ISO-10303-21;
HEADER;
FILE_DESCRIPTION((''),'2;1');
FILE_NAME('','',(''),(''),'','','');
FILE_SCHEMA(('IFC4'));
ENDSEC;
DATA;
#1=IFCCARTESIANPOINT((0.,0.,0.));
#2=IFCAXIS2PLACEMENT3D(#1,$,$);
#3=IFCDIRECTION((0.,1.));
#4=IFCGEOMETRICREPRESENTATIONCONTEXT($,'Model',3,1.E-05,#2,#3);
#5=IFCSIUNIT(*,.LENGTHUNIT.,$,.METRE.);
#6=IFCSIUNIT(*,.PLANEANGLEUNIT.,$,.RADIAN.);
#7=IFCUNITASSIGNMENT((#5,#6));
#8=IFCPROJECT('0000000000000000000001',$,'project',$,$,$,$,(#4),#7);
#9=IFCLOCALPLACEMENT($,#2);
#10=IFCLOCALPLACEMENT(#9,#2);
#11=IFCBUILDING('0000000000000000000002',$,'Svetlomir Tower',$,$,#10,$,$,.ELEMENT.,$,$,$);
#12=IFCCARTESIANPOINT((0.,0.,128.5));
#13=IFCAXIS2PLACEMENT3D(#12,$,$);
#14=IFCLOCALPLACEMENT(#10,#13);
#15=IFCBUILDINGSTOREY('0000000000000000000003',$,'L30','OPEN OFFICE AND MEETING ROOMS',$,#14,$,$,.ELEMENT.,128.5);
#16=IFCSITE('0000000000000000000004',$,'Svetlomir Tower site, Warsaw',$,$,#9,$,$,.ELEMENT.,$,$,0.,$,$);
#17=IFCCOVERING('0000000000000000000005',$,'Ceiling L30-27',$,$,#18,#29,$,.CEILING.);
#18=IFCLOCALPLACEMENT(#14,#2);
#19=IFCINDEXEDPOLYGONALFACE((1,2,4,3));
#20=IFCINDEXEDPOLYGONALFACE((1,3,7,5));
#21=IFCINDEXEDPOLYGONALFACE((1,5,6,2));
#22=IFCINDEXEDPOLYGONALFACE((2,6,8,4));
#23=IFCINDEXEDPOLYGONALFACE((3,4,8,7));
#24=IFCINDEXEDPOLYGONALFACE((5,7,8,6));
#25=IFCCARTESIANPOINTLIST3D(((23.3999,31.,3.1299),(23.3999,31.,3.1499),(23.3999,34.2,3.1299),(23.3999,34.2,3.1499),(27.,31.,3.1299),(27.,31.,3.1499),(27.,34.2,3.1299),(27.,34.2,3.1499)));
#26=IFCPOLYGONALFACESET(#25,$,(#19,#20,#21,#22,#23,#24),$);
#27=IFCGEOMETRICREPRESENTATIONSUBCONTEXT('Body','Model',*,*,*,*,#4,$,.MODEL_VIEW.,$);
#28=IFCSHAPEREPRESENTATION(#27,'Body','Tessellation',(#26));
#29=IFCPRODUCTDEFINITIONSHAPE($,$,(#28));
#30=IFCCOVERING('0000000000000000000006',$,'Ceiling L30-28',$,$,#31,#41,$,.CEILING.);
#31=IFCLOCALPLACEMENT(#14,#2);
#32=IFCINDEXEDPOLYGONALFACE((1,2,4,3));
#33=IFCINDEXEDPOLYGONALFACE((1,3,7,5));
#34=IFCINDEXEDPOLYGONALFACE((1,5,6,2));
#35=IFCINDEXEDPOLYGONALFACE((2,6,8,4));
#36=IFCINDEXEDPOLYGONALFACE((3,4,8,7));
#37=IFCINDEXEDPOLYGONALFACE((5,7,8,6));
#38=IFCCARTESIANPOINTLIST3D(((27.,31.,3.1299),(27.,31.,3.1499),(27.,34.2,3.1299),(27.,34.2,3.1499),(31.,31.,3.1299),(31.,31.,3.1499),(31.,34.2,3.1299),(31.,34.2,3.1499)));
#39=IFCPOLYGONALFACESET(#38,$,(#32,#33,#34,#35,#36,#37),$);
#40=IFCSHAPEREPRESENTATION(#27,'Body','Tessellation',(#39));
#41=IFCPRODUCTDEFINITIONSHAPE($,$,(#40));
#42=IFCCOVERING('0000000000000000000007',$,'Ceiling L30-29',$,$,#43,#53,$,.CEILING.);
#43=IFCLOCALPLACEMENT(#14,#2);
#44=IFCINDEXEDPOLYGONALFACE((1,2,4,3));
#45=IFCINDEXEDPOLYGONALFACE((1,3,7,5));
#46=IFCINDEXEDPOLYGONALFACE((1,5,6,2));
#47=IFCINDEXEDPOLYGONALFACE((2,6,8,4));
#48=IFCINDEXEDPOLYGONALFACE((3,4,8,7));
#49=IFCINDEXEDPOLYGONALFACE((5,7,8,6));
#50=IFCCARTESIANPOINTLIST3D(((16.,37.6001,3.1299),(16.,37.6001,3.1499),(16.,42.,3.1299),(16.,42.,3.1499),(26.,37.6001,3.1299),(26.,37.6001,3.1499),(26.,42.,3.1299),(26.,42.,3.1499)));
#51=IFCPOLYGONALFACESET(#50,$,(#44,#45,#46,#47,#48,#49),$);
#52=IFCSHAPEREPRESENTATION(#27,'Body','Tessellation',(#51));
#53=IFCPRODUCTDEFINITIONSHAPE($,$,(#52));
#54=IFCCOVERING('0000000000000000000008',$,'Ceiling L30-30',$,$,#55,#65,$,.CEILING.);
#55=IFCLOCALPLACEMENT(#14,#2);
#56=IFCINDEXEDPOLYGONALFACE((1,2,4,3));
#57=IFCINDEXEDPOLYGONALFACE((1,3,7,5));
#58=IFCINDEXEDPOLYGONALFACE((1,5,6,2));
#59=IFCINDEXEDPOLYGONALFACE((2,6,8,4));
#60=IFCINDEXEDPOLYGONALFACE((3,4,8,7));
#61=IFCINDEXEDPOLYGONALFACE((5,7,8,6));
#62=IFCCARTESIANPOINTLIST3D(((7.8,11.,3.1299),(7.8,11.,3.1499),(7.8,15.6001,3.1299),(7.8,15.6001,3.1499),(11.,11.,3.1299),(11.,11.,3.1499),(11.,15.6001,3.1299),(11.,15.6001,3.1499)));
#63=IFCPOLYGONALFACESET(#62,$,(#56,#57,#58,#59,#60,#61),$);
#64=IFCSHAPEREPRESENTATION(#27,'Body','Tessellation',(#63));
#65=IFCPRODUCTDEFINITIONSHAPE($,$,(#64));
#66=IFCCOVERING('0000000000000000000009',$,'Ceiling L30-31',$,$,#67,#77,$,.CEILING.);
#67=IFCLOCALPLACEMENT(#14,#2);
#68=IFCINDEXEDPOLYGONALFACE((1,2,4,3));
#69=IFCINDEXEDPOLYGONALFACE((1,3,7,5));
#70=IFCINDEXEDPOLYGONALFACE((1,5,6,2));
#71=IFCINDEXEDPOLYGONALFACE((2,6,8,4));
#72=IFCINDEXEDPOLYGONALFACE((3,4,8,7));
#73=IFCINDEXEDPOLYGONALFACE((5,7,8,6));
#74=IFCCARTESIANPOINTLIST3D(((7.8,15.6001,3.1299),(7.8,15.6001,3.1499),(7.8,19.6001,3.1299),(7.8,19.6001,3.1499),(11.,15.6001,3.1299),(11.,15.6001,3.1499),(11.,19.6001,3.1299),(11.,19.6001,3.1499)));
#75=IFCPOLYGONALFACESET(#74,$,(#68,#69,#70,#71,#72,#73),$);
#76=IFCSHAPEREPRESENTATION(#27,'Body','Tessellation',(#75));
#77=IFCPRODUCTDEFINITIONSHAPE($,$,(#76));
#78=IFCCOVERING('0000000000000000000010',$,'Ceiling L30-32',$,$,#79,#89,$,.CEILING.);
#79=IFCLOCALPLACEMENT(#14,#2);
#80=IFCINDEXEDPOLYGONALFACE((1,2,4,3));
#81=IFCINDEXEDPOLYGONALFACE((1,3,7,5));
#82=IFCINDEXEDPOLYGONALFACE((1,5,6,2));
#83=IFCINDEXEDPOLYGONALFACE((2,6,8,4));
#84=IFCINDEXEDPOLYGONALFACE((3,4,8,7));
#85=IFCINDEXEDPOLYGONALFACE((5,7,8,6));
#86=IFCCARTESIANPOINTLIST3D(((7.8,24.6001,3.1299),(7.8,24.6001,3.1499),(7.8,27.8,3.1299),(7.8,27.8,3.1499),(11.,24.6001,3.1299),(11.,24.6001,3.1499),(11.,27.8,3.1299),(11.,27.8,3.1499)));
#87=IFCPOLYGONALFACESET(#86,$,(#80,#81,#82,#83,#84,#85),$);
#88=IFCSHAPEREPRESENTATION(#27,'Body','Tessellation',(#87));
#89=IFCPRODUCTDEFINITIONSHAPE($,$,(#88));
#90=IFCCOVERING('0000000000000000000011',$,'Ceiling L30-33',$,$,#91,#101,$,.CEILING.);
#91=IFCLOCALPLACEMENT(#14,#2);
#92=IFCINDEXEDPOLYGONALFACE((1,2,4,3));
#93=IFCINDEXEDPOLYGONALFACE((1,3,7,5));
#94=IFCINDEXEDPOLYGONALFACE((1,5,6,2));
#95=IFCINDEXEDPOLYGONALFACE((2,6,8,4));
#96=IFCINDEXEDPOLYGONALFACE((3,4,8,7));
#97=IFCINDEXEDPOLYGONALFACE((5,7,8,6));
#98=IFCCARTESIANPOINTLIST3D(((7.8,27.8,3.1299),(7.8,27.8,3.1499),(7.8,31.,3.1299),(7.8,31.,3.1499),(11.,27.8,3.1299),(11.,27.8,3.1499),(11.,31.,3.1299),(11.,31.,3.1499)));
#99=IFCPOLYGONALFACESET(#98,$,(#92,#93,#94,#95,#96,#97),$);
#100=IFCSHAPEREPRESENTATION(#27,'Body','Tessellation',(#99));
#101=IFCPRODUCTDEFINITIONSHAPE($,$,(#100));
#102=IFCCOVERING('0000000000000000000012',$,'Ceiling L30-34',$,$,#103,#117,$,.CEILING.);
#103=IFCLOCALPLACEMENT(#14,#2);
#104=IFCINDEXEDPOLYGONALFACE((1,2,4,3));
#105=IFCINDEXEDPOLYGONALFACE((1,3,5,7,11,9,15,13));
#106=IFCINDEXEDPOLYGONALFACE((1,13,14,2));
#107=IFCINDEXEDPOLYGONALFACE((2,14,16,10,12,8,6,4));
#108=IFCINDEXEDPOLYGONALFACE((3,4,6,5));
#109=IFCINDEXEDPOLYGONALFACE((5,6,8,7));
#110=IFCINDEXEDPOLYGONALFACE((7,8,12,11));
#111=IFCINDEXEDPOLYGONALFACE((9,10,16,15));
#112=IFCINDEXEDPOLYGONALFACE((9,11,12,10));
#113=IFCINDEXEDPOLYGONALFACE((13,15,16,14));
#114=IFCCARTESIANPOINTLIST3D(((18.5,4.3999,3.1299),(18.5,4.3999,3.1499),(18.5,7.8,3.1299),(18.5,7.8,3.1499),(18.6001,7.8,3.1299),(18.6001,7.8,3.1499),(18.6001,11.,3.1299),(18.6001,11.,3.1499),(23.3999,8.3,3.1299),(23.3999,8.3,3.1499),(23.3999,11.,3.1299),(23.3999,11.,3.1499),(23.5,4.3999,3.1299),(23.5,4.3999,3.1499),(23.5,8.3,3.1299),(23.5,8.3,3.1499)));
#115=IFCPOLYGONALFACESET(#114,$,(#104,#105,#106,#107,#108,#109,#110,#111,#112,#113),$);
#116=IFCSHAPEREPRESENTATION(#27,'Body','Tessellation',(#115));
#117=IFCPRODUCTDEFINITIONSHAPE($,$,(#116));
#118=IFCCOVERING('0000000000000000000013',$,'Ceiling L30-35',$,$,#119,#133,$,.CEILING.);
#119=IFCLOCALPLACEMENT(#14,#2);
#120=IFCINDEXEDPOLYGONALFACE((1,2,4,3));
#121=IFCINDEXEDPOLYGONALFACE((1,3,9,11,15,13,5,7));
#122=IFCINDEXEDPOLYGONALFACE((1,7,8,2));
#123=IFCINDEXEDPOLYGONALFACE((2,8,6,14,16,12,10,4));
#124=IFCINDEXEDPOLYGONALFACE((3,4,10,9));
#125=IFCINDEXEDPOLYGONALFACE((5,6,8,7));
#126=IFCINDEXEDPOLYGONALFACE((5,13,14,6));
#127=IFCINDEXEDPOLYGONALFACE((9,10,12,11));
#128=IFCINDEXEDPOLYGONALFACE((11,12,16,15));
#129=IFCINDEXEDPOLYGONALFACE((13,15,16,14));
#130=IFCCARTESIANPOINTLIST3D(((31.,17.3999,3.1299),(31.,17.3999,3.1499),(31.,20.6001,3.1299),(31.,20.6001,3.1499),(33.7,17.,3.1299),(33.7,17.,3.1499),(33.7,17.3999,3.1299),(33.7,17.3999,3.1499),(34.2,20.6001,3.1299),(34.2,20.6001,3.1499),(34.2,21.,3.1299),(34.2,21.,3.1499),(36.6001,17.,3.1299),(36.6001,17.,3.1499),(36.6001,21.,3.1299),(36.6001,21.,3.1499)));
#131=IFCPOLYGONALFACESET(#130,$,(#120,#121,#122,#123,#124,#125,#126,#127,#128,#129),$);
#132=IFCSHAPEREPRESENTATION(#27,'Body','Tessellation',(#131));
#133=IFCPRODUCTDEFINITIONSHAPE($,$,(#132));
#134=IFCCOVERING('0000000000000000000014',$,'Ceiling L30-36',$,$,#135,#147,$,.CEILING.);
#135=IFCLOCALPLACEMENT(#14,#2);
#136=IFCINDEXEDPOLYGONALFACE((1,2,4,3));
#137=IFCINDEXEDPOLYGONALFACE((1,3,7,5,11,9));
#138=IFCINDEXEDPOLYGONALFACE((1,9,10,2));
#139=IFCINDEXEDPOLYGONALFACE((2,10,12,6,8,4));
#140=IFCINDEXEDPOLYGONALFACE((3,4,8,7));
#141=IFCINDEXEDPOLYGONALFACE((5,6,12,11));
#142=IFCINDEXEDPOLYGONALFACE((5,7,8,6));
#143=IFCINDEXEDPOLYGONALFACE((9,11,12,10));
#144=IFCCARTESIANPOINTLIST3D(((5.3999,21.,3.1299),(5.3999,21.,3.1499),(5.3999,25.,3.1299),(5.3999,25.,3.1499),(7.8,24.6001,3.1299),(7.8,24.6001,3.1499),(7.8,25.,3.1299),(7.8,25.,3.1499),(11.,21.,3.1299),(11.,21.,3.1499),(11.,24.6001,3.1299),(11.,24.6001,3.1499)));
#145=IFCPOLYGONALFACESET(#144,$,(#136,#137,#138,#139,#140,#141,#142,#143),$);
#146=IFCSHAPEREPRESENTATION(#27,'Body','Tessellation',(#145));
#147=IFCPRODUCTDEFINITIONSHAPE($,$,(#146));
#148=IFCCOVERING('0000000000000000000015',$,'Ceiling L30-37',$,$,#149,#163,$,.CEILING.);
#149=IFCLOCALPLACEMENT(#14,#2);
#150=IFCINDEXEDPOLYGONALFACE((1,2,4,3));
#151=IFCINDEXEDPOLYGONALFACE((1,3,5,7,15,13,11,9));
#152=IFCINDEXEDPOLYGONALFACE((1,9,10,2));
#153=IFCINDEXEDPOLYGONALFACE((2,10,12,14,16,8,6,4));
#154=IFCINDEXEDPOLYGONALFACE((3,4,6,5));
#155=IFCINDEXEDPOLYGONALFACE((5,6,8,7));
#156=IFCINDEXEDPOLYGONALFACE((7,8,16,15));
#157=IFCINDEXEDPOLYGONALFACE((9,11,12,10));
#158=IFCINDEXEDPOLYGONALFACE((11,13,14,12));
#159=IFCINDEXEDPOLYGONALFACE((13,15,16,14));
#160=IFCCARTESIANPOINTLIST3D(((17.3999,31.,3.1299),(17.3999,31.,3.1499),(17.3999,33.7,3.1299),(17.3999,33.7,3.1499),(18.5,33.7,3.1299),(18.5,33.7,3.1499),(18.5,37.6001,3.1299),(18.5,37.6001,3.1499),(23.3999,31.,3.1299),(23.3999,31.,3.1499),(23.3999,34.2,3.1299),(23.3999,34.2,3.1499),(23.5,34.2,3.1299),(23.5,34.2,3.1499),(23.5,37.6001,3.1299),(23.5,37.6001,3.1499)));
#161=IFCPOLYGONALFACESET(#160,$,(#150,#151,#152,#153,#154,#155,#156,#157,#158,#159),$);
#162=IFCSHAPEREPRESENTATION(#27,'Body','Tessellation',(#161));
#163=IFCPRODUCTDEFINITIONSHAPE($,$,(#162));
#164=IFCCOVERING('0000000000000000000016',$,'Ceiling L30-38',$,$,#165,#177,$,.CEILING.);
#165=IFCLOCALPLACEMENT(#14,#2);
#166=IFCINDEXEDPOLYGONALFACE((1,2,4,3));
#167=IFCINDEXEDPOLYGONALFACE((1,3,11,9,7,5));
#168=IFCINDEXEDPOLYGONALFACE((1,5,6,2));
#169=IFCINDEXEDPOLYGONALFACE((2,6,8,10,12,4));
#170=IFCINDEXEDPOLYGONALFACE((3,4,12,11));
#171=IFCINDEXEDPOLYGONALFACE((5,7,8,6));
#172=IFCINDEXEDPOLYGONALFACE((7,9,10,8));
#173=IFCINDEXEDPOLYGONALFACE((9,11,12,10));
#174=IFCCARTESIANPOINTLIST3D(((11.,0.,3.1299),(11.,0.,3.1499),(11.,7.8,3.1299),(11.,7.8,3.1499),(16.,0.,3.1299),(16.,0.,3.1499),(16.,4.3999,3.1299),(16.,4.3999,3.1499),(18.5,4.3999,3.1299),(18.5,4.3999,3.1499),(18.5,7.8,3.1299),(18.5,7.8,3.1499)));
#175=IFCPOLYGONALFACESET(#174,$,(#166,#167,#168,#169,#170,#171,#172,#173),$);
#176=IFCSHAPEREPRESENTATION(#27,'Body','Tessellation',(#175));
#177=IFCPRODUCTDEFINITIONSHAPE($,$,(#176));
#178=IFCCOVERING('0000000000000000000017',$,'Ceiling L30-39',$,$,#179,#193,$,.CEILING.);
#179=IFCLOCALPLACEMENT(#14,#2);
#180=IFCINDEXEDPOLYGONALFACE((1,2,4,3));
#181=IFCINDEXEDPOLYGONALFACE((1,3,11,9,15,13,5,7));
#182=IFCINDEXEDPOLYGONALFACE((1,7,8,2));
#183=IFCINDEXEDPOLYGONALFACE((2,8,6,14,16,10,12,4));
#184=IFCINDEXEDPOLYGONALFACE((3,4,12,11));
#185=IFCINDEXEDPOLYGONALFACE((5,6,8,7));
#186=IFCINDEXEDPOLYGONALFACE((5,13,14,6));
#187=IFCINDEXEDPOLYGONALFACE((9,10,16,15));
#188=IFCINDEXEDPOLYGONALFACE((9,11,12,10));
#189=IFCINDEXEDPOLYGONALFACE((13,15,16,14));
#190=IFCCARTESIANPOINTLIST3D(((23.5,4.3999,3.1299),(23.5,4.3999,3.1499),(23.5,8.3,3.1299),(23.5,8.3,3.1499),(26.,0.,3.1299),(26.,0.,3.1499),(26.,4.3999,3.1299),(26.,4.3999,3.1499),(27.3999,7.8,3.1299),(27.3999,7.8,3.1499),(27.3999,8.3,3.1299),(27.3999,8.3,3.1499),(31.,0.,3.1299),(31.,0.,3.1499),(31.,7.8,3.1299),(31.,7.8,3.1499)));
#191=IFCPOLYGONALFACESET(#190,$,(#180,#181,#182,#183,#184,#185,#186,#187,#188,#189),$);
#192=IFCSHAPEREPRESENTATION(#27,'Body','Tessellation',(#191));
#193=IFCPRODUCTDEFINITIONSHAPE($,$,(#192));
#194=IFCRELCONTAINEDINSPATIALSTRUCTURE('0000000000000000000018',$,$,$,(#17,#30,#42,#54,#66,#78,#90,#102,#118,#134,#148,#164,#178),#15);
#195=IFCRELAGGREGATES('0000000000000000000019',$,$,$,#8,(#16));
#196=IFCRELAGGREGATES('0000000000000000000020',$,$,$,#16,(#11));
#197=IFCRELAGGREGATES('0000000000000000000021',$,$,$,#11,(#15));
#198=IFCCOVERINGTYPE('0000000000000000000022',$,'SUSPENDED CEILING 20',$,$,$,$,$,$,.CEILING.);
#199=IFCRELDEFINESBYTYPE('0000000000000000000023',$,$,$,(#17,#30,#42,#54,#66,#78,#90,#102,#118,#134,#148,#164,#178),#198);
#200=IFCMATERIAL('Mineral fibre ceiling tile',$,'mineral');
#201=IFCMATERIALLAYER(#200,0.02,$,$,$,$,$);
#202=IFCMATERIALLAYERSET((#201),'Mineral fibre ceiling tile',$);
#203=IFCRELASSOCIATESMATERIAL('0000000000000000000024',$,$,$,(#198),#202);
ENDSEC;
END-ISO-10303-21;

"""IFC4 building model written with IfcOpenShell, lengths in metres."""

from ifc_helpers import new_model, si_unit, direction, frame, origin, place, context, subcontext, project, spatial, polyline, outline, extrude, material, layer, layer_set, type_object, element, save


model = new_model("IFC4")

# Units and contexts
model_context = context("Model", 3, precision=1e-05, world=origin(), true_north=direction((0.0, 1.0)))
body_context = subcontext(model_context, "Body", "Model", "MODEL_VIEW")
ifc_project = project(units=[si_unit("LENGTHUNIT", "METRE"), si_unit("PLANEANGLEUNIT", "RADIAN")], contexts=[model_context])

# Site, building, storey
site_placement = place(None, origin())
site = spatial("IfcSite", under=ifc_project, at=site_placement, Name="Svetlomir Tower site, Warsaw", CompositionType="ELEMENT", RefElevation=0.0)
building_placement = place(site_placement, origin())
building = spatial("IfcBuilding", under=site, at=building_placement, Name="Svetlomir Tower", CompositionType="ELEMENT")
storey_placement = place(building_placement, frame((0.0, 0.0, 128.5)))
storey = spatial("IfcBuildingStorey", under=building, at=storey_placement, Name="L30", Description="OPEN OFFICE AND MEETING ROOMS", CompositionType="ELEMENT", Elevation=128.5)

# Coverings
ifc_material_1 = material(Name="Mineral fibre ceiling tile", Category="mineral")
ifc_layer_1 = layer(ifc_material_1, 0.02)
ifc_layer_set_1 = layer_set([ifc_layer_1], Name="Mineral fibre ceiling tile")
covering_type_1 = type_object("IfcCoveringType", Name="SUSPENDED CEILING 20", PredefinedType="CEILING", material=ifc_layer_set_1)
covering_1_placement = place(storey_placement, frame((0.0, 0.0, 3.1299)))
element("IfcCovering", 1, at=covering_1_placement, inside=storey, type_object=covering_type_1, Name="Ceiling L30-27", PredefinedType="CEILING", context=body_context, shape_type="SweptSolid", body=[
    extrude(outline(polyline([(23.3999, 31.0), (27.0, 31.0), (27.0, 34.2), (23.3999, 34.2), (23.3999, 31.0)])), origin(), (0.0, 0.0, 1.0), 0.02),
])
covering_2_placement = place(storey_placement, frame((0.0, 0.0, 3.1299)))
element("IfcCovering", 2, at=covering_2_placement, inside=storey, type_object=covering_type_1, Name="Ceiling L30-28", PredefinedType="CEILING", context=body_context, shape_type="SweptSolid", body=[
    extrude(outline(polyline([(27.0, 31.0), (31.0, 31.0), (31.0, 34.2), (27.0, 34.2), (27.0, 31.0)])), origin(), (0.0, 0.0, 1.0), 0.02),
])
covering_3_placement = place(storey_placement, frame((0.0, 0.0, 3.1299)))
element("IfcCovering", 3, at=covering_3_placement, inside=storey, type_object=covering_type_1, Name="Ceiling L30-29", PredefinedType="CEILING", context=body_context, shape_type="SweptSolid", body=[
    extrude(outline(polyline([(16.0, 37.6001), (26.0, 37.6001), (26.0, 42.0), (16.0, 42.0), (16.0, 37.6001)])), origin(), (0.0, 0.0, 1.0), 0.02),
])
covering_4_placement = place(storey_placement, frame((0.0, 0.0, 3.1299)))
element("IfcCovering", 4, at=covering_4_placement, inside=storey, type_object=covering_type_1, Name="Ceiling L30-30", PredefinedType="CEILING", context=body_context, shape_type="SweptSolid", body=[
    extrude(outline(polyline([(7.8, 11.0), (11.0, 11.0), (11.0, 15.6001), (7.8, 15.6001), (7.8, 11.0)])), origin(), (0.0, 0.0, 1.0), 0.02),
])
covering_5_placement = place(storey_placement, frame((0.0, 0.0, 3.1299)))
element("IfcCovering", 5, at=covering_5_placement, inside=storey, type_object=covering_type_1, Name="Ceiling L30-31", PredefinedType="CEILING", context=body_context, shape_type="SweptSolid", body=[
    extrude(outline(polyline([(7.8, 15.6001), (11.0, 15.6001), (11.0, 19.6001), (7.8, 19.6001), (7.8, 15.6001)])), origin(), (0.0, 0.0, 1.0), 0.02),
])
covering_6_placement = place(storey_placement, frame((0.0, 0.0, 3.1299)))
element("IfcCovering", 6, at=covering_6_placement, inside=storey, type_object=covering_type_1, Name="Ceiling L30-32", PredefinedType="CEILING", context=body_context, shape_type="SweptSolid", body=[
    extrude(outline(polyline([(7.8, 24.6001), (11.0, 24.6001), (11.0, 27.8), (7.8, 27.8), (7.8, 24.6001)])), origin(), (0.0, 0.0, 1.0), 0.02),
])
covering_7_placement = place(storey_placement, frame((0.0, 0.0, 3.1299)))
element("IfcCovering", 7, at=covering_7_placement, inside=storey, type_object=covering_type_1, Name="Ceiling L30-33", PredefinedType="CEILING", context=body_context, shape_type="SweptSolid", body=[
    extrude(outline(polyline([(7.8, 27.8), (11.0, 27.8), (11.0, 31.0), (7.8, 31.0), (7.8, 27.8)])), origin(), (0.0, 0.0, 1.0), 0.02),
])
covering_8_placement = place(storey_placement, frame((0.0, 0.0, 3.1299)))
element("IfcCovering", 8, at=covering_8_placement, inside=storey, type_object=covering_type_1, Name="Ceiling L30-34", PredefinedType="CEILING", context=body_context, shape_type="SweptSolid", body=[
    extrude(outline(polyline([(18.5, 4.3999), (18.5, 7.8), (18.6001, 7.8), (18.6001, 11.0), (23.3999, 11.0), (23.3999, 8.3), (23.5, 8.3), (23.5, 4.3999), (18.5, 4.3999)])), origin(), (0.0, 0.0, 1.0), 0.02),
])
covering_9_placement = place(storey_placement, frame((0.0, 0.0, 3.1299)))
element("IfcCovering", 9, at=covering_9_placement, inside=storey, type_object=covering_type_1, Name="Ceiling L30-35", PredefinedType="CEILING", context=body_context, shape_type="SweptSolid", body=[
    extrude(outline(polyline([(34.2, 20.6001), (34.2, 21.0), (36.6001, 21.0), (36.6001, 17.0), (33.7, 17.0), (33.7, 17.3999), (31.0, 17.3999), (31.0, 20.6001), (34.2, 20.6001)])), origin(), (0.0, 0.0, 1.0), 0.02),
])
covering_10_placement = place(storey_placement, frame((0.0, 0.0, 3.1299)))
element("IfcCovering", 10, at=covering_10_placement, inside=storey, type_object=covering_type_1, Name="Ceiling L30-36", PredefinedType="CEILING", context=body_context, shape_type="SweptSolid", body=[
    extrude(outline(polyline([(5.3999, 21.0), (5.3999, 25.0), (7.8, 25.0), (7.8, 24.6001), (11.0, 24.6001), (11.0, 21.0), (5.3999, 21.0)])), origin(), (0.0, 0.0, 1.0), 0.02),
])
covering_11_placement = place(storey_placement, frame((0.0, 0.0, 3.1299)))
element("IfcCovering", 11, at=covering_11_placement, inside=storey, type_object=covering_type_1, Name="Ceiling L30-37", PredefinedType="CEILING", context=body_context, shape_type="SweptSolid", body=[
    extrude(outline(polyline([(18.5, 33.7), (18.5, 37.6001), (23.5, 37.6001), (23.5, 34.2), (23.3999, 34.2), (23.3999, 31.0), (17.3999, 31.0), (17.3999, 33.7), (18.5, 33.7)])), origin(), (0.0, 0.0, 1.0), 0.02),
])
covering_12_placement = place(storey_placement, frame((0.0, 0.0, 3.1299)))
element("IfcCovering", 12, at=covering_12_placement, inside=storey, type_object=covering_type_1, Name="Ceiling L30-38", PredefinedType="CEILING", context=body_context, shape_type="SweptSolid", body=[
    extrude(outline(polyline([(18.5, 7.8), (18.5, 4.3999), (16.0, 4.3999), (16.0, 0.0), (11.0, 0.0), (11.0, 7.8), (18.5, 7.8)])), origin(), (0.0, 0.0, 1.0), 0.02),
])
covering_13_placement = place(storey_placement, frame((0.0, 0.0, 3.1299)))
element("IfcCovering", 13, at=covering_13_placement, inside=storey, type_object=covering_type_1, Name="Ceiling L30-39", PredefinedType="CEILING", context=body_context, shape_type="SweptSolid", body=[
    extrude(outline(polyline([(27.3999, 7.8), (31.0, 7.8), (31.0, 0.0), (26.0, 0.0), (26.0, 4.3999), (23.5, 4.3999), (23.5, 8.3), (27.3999, 8.3), (27.3999, 7.8)])), origin(), (0.0, 0.0, 1.0), 0.02),
])

save(model, "model.ifc")
